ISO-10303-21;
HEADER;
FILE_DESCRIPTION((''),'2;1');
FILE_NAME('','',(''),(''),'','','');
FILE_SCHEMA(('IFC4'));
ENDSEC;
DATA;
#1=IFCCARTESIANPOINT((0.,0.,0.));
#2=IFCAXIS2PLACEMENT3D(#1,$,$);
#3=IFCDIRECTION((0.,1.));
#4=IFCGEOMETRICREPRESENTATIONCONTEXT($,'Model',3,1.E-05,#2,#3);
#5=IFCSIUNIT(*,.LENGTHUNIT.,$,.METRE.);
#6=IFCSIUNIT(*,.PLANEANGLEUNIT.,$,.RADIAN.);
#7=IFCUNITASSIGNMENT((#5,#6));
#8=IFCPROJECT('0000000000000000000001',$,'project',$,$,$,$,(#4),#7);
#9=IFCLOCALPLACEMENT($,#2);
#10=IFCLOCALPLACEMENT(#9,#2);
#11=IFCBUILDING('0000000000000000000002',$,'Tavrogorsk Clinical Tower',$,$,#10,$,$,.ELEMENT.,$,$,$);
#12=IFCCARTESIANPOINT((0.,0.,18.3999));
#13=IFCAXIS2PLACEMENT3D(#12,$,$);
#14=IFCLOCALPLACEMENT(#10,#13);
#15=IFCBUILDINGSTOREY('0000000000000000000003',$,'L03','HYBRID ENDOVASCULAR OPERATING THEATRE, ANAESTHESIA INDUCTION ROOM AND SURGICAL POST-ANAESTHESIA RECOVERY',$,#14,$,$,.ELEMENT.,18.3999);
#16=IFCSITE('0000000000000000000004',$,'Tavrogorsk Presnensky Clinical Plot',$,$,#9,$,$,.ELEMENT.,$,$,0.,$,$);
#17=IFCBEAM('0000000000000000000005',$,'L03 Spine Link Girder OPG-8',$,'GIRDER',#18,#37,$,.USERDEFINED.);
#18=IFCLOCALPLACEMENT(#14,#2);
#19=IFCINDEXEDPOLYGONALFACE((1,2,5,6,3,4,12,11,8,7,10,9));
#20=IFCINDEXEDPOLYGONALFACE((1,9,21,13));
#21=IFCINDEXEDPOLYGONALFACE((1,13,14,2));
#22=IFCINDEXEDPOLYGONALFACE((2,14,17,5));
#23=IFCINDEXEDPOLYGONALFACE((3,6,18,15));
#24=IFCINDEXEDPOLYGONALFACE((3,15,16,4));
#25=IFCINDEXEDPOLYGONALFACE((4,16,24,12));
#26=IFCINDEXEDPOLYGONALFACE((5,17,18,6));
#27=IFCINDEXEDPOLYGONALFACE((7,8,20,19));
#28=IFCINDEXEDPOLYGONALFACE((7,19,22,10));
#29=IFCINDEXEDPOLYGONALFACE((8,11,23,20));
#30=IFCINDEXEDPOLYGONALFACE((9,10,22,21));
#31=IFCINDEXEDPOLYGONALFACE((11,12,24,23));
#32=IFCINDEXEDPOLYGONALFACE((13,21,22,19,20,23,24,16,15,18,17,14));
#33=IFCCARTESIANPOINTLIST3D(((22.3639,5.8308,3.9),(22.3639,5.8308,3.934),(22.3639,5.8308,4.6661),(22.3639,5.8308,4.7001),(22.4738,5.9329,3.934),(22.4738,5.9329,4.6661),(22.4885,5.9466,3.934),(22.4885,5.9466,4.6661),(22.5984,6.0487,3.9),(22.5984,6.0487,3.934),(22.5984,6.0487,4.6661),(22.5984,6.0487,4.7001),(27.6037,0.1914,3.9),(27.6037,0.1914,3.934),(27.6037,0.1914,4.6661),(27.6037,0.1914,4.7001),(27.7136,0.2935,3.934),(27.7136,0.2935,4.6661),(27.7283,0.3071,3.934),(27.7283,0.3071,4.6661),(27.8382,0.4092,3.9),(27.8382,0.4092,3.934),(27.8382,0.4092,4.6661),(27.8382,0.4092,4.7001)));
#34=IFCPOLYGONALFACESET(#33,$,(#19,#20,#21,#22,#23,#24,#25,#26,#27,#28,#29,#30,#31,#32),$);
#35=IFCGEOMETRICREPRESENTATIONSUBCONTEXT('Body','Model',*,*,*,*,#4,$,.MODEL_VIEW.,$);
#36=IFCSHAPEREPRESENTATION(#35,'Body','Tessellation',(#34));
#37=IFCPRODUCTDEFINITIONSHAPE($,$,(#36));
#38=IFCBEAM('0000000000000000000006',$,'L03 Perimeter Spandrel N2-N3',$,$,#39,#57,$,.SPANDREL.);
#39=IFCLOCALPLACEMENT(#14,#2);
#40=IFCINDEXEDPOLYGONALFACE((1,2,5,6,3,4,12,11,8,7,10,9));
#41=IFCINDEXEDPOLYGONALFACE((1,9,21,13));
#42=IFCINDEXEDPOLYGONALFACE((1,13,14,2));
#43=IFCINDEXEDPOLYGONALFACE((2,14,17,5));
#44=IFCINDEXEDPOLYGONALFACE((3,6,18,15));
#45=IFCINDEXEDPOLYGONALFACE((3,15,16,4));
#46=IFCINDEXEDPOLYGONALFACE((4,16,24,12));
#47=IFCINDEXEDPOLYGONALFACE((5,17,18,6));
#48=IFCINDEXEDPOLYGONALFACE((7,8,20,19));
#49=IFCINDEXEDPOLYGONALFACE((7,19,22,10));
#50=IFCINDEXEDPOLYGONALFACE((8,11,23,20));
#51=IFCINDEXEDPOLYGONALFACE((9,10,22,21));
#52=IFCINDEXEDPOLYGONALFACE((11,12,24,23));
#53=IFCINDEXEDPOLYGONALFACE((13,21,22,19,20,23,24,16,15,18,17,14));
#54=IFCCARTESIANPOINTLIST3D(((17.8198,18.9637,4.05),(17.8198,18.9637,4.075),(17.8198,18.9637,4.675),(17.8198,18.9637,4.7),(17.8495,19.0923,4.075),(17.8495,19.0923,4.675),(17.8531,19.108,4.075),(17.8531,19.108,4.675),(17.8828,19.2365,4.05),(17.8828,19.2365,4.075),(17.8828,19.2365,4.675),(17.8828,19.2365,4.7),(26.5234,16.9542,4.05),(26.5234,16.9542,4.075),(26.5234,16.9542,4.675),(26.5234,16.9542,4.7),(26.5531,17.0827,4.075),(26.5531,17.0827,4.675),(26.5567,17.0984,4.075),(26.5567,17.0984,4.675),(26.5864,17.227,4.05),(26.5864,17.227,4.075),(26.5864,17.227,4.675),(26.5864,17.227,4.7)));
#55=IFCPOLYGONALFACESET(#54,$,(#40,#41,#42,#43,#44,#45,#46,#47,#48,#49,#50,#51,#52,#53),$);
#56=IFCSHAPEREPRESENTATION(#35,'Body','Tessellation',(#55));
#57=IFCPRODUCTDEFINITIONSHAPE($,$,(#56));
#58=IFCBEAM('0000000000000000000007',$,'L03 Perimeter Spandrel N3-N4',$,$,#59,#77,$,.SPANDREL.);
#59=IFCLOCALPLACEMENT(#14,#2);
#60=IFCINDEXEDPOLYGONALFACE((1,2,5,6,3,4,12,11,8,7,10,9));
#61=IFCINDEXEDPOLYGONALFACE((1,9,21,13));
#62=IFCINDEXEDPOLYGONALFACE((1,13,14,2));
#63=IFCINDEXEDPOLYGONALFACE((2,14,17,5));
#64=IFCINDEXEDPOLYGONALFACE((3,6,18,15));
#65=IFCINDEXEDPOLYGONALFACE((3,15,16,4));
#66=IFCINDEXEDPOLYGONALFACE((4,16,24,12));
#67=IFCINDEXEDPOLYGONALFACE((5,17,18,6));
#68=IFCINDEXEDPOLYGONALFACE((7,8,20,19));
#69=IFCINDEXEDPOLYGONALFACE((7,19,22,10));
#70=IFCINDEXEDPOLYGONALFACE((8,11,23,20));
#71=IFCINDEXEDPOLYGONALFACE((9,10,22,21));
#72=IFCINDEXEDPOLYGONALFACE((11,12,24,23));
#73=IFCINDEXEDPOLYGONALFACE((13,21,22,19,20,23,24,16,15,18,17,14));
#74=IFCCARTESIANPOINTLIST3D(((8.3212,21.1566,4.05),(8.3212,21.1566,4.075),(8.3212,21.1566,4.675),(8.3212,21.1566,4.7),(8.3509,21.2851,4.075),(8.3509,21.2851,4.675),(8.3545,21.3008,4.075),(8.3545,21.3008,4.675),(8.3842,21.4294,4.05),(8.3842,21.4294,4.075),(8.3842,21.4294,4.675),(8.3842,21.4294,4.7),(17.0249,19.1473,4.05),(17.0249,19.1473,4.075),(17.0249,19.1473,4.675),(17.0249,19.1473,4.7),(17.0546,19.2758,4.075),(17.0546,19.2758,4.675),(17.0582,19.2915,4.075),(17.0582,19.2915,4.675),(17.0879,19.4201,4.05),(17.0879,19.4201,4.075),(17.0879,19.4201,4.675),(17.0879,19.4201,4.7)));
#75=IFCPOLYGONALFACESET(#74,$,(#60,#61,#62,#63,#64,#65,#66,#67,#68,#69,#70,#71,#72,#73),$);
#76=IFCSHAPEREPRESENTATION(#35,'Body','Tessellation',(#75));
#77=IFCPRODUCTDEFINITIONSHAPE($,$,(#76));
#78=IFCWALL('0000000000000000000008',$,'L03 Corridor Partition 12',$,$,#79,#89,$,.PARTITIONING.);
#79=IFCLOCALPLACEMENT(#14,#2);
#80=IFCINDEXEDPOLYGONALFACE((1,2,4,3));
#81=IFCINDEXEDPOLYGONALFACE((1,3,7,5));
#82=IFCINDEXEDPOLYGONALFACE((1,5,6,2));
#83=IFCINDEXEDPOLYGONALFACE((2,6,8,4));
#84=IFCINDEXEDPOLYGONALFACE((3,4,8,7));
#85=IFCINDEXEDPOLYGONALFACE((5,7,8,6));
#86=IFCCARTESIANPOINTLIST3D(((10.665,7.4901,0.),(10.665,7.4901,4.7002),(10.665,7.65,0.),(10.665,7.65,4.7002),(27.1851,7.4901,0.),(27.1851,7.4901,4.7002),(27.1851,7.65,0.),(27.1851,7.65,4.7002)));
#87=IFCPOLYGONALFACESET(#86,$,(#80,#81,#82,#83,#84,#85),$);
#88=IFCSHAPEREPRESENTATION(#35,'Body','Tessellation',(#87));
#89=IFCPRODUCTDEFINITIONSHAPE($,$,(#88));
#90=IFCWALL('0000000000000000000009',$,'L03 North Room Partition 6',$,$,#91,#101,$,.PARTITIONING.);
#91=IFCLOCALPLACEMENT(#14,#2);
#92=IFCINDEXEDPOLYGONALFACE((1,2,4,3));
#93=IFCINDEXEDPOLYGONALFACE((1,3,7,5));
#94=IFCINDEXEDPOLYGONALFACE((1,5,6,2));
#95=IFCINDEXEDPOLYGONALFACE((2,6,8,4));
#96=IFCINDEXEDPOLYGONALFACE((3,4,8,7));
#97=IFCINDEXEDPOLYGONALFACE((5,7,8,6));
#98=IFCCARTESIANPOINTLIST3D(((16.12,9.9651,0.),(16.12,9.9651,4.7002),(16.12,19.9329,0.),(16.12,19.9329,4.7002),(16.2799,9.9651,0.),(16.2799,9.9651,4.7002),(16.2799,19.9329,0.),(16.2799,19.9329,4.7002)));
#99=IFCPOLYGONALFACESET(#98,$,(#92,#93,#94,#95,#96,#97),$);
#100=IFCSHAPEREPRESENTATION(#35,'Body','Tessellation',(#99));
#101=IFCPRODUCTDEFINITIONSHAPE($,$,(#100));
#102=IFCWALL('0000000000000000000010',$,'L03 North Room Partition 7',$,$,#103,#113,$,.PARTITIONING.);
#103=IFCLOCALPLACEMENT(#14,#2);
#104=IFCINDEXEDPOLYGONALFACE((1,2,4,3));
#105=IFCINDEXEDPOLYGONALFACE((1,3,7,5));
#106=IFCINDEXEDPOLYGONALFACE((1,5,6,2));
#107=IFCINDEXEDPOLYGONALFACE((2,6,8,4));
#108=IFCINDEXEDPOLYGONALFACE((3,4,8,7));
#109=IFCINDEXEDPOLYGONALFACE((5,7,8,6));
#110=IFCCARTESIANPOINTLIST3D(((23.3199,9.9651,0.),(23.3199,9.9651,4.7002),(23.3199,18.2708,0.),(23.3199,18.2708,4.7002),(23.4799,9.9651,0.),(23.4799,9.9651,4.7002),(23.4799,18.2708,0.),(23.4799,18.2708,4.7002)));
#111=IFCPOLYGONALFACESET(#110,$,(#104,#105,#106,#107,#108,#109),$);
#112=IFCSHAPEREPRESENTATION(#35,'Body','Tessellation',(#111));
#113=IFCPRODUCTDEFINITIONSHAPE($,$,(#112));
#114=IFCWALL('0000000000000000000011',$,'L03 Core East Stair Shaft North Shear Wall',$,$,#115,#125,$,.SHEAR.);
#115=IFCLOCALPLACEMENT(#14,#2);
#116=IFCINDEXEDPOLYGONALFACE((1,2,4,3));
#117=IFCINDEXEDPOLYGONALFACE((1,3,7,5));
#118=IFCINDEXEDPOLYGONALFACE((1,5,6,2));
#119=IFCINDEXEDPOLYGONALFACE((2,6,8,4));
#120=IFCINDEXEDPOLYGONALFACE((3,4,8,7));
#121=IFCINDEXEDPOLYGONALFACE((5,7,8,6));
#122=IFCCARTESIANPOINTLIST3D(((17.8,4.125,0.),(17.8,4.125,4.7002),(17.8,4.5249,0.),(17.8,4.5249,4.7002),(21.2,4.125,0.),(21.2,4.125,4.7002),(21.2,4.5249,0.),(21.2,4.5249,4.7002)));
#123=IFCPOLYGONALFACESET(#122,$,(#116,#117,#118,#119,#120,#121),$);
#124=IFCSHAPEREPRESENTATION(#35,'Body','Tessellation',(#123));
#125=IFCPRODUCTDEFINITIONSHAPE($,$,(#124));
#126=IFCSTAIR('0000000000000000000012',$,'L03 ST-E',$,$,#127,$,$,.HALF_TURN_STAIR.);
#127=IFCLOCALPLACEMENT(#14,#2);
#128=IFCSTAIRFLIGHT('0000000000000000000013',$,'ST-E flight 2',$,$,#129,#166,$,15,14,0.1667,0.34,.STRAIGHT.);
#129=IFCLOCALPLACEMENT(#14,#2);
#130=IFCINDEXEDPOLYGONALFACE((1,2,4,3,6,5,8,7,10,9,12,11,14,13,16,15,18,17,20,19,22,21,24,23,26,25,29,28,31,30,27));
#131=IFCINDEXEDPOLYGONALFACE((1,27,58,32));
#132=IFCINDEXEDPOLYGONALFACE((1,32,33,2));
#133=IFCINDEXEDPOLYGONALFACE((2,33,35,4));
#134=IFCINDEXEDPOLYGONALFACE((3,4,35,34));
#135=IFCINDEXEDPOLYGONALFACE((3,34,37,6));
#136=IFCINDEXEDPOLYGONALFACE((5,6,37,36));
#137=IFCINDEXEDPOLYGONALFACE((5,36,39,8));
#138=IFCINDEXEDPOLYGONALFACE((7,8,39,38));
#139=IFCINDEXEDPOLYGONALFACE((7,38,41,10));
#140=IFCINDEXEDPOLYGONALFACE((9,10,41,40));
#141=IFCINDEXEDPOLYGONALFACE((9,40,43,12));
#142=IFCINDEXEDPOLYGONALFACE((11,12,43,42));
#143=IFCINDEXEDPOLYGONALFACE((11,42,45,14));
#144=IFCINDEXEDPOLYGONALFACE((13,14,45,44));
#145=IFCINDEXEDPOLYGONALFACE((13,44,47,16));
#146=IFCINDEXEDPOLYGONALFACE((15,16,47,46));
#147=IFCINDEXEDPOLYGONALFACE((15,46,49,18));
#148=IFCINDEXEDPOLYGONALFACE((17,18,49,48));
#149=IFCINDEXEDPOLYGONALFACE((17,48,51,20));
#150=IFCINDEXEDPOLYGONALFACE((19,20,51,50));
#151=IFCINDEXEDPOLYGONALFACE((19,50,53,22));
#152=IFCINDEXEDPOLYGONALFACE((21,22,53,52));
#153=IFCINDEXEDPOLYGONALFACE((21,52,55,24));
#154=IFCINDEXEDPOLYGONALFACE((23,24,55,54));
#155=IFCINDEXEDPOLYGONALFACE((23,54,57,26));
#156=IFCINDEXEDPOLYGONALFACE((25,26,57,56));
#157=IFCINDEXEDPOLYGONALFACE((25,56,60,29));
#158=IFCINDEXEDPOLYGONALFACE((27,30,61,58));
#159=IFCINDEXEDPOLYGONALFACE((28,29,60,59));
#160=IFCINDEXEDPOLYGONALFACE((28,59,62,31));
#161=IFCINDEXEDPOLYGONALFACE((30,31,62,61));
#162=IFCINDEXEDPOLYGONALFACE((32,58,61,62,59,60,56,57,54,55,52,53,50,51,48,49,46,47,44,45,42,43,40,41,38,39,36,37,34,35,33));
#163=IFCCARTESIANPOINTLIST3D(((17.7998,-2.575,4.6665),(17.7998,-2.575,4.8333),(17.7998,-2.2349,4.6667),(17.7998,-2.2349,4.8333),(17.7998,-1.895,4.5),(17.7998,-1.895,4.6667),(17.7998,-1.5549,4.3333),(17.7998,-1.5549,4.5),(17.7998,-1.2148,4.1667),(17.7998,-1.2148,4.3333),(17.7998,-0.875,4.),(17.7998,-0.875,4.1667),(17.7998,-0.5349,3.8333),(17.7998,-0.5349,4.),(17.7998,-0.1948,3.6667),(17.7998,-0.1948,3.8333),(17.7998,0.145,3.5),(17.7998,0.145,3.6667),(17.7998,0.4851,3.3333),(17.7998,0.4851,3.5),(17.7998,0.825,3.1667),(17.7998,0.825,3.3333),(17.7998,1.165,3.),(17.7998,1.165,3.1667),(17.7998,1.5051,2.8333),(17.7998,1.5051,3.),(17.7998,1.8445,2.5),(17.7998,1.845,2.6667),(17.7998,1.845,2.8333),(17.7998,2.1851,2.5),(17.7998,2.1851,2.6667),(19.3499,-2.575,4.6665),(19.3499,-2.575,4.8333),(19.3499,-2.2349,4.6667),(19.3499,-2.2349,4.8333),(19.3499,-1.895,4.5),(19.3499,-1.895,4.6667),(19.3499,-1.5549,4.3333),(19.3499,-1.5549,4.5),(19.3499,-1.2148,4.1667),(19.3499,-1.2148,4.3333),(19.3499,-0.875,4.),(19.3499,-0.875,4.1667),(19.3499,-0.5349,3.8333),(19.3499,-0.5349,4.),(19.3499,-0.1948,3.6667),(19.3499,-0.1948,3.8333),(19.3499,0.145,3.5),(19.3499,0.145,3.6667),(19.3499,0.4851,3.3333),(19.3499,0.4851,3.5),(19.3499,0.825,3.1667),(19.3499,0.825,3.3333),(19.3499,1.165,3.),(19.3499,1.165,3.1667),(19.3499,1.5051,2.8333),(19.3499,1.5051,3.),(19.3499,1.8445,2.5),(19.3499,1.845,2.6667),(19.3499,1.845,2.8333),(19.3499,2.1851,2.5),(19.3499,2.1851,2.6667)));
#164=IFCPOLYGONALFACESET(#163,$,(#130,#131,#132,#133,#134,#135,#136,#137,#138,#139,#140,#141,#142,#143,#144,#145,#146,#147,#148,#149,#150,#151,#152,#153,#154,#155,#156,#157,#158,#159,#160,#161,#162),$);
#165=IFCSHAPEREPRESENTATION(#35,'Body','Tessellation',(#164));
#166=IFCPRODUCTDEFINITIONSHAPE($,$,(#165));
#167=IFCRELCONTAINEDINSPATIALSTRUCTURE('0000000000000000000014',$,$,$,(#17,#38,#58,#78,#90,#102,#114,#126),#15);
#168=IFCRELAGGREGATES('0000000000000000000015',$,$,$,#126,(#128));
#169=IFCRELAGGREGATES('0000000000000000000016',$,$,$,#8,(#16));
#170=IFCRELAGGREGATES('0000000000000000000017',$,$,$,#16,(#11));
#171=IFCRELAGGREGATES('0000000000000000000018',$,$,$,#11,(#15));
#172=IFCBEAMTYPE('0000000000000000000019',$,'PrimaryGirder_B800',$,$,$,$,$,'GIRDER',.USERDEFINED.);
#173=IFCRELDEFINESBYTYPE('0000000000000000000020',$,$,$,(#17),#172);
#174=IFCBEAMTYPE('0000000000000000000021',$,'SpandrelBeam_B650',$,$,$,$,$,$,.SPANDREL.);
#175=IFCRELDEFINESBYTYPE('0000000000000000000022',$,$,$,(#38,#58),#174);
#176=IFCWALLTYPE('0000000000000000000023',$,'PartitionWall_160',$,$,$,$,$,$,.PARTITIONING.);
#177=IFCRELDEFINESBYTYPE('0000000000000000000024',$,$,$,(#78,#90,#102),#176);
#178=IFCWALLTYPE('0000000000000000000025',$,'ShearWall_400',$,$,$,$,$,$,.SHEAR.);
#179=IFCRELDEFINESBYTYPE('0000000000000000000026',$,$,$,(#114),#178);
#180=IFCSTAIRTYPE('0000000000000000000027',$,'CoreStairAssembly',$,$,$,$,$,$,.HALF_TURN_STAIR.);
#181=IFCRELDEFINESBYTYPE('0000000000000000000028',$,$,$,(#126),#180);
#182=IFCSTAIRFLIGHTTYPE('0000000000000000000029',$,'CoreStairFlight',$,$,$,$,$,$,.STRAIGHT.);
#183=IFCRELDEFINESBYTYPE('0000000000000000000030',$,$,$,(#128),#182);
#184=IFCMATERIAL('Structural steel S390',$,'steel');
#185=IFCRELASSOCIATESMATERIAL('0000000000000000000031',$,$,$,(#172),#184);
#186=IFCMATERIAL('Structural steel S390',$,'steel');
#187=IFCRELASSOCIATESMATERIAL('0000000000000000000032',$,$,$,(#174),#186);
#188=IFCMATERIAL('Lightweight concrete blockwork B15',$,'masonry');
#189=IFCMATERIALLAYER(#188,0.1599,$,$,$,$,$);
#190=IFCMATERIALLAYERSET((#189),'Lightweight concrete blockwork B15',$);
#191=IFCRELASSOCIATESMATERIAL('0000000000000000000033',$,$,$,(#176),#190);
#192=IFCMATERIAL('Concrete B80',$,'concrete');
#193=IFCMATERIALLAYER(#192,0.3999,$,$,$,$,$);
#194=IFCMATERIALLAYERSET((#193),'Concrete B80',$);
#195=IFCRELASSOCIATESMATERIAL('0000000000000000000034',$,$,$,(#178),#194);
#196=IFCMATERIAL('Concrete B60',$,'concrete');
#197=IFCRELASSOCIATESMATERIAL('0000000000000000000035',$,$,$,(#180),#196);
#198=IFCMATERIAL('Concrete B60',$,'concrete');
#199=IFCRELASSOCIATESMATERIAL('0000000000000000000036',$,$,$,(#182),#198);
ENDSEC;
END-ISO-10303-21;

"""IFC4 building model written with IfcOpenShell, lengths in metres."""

from ifc_helpers import new_model, si_unit, direction, frame, frame_2d, origin, origin_2d, place, context, subcontext, project, spatial, polyline, rectangle, i_section, outline, extrude, material, layer, layer_set, material_profile, profile_set, type_object, element, aggregate, save


model = new_model("IFC4")

# Units and contexts
model_context = context("Model", 3, precision=1e-05, world=origin(), true_north=direction((0.0, 1.0)))
body_context = subcontext(model_context, "Body", "Model", "MODEL_VIEW")
ifc_project = project(units=[si_unit("LENGTHUNIT", "METRE"), si_unit("PLANEANGLEUNIT", "RADIAN")], contexts=[model_context])

# Site, building, storey
site_placement = place(None, origin())
site = spatial("IfcSite", under=ifc_project, at=site_placement, Name="Tavrogorsk Presnensky Clinical Plot", CompositionType="ELEMENT", RefElevation=0.0)
building_placement = place(site_placement, origin())
building = spatial("IfcBuilding", under=site, at=building_placement, Name="Tavrogorsk Clinical Tower", CompositionType="ELEMENT")
storey_placement = place(building_placement, frame((0.0, 0.0, 18.3999)))
storey = spatial("IfcBuildingStorey", under=building, at=storey_placement, Name="L03", Description="HYBRID ENDOVASCULAR OPERATING THEATRE, ANAESTHESIA INDUCTION ROOM AND SURGICAL POST-ANAESTHESIA RECOVERY", CompositionType="ELEMENT", Elevation=18.3999)

# Beams
ifc_material_1 = material(Name="Structural steel S390", Category="steel")
ifc_material_profile_1 = material_profile(ifc_material_1, i_section(OverallWidth=0.3201, OverallDepth=0.8, WebThickness=0.02, FlangeThickness=0.0339, at=origin_2d()), Name="B-800x320x20x34")
ifc_profile_set_1 = profile_set([ifc_material_profile_1], Name="Structural steel S390")
beam_type_1 = type_object("IfcBeamType", Name="PrimaryGirder_B800", ElementType="GIRDER", PredefinedType="USERDEFINED", material=ifc_profile_set_1)
for number, where, z_axis, x_axis, name in (
    (1, (27.7209, 0.3003, 4.3), (-0.680671, 0.732589, 0.0), (-0.732589, -0.680671, 0.0), "L03 Spine Link Girder OPG-8"),
):
    element("IfcBeam", number, at=place(storey_placement, frame(where, z_axis=z_axis, x_axis=x_axis)), inside=storey, type_object=beam_type_1, Name=name, ObjectType="GIRDER", PredefinedType="USERDEFINED", context=body_context, shape_type="SweptSolid", body=[
        extrude(i_section(OverallWidth=0.3201, OverallDepth=0.8, WebThickness=0.02, FlangeThickness=0.0339, at=origin_2d()), origin(), (0.0, 0.0, 1.0), 7.698),
    ])
ifc_material_2 = material(Name="Structural steel S390", Category="steel")
ifc_material_profile_2 = material_profile(ifc_material_2, i_section(OverallWidth=0.28, OverallDepth=0.6499, WebThickness=0.0161, FlangeThickness=0.0249, at=origin_2d()), Name="B-650x280x16x25")
ifc_profile_set_2 = profile_set([ifc_material_profile_2], Name="Structural steel S390")
beam_type_2 = type_object("IfcBeamType", Name="SpandrelBeam_B650", PredefinedType="SPANDREL", material=ifc_profile_set_2)
for number, where, z_axis, x_axis, name in (
    (2, (26.5549, 17.0906, 4.375), (-0.974367, 0.224965, 0.0), (-0.224965, -0.974367, 0.0), "L03 Perimeter Spandrel N2-N3"),
    (3, (17.0564, 19.2837, 4.375), (-0.974373, 0.224939, 0.0), (-0.224939, -0.974373, 0.0), "L03 Perimeter Spandrel N3-N4"),
):
    element("IfcBeam", number, at=place(storey_placement, frame(where, z_axis=z_axis, x_axis=x_axis)), inside=storey, type_object=beam_type_2, Name=name, PredefinedType="SPANDREL", context=body_context, shape_type="SweptSolid", body=[
        extrude(i_section(OverallWidth=0.28, OverallDepth=0.6499, WebThickness=0.0161, FlangeThickness=0.0249, at=origin_2d()), origin(), (0.0, 0.0, 1.0), 8.9326),
    ])

# Walls
ifc_material_3 = material(Name="Lightweight concrete blockwork B15", Category="masonry")
ifc_layer_1 = layer(ifc_material_3, 0.1599)
ifc_layer_set_1 = layer_set([ifc_layer_1], Name="Lightweight concrete blockwork B15")
wall_type_1 = type_object("IfcWallType", Name="PartitionWall_160", PredefinedType="PARTITIONING", material=ifc_layer_set_1)
wall_1_placement = place(storey_placement, frame((27.1851, 7.5701, 0.0), z_axis=(0.0, 0.0, 1.0), x_axis=(-1.0, 0.0, 0.0)))
element("IfcWall", 4, at=wall_1_placement, inside=storey, type_object=wall_type_1, Name="L03 Corridor Partition 12", PredefinedType="PARTITIONING", context=body_context, shape_type="SweptSolid", body=[
    extrude(rectangle(XDim=16.52, YDim=0.1599, at=frame_2d((8.26, 0.0))), origin(), (0.0, 0.0, 1.0), 4.7002),
])
wall_2_placement = place(storey_placement, frame((16.2, 9.9651, 0.0), z_axis=(0.0, 0.0, 1.0), x_axis=(0.0, 1.0, 0.0)))
element("IfcWall", 5, at=wall_2_placement, inside=storey, type_object=wall_type_1, Name="L03 North Room Partition 6", PredefinedType="PARTITIONING", context=body_context, shape_type="SweptSolid", body=[
    extrude(rectangle(XDim=9.9678, YDim=0.1599, at=frame_2d((4.9839, 0.0))), origin(), (0.0, 0.0, 1.0), 4.7002),
])
wall_3_placement = place(storey_placement, frame((23.3999, 9.9651, 0.0), z_axis=(0.0, 0.0, 1.0), x_axis=(0.0, 1.0, 0.0)))
element("IfcWall", 6, at=wall_3_placement, inside=storey, type_object=wall_type_1, Name="L03 North Room Partition 7", PredefinedType="PARTITIONING", context=body_context, shape_type="SweptSolid", body=[
    extrude(rectangle(XDim=8.3057, YDim=0.1599, at=frame_2d((4.1528, 0.0))), origin(), (0.0, 0.0, 1.0), 4.7002),
])
ifc_material_4 = material(Name="Concrete B80", Category="concrete")
ifc_layer_2 = layer(ifc_material_4, 0.3999)
ifc_layer_set_2 = layer_set([ifc_layer_2], Name="Concrete B80")
wall_type_2 = type_object("IfcWallType", Name="ShearWall_400", PredefinedType="SHEAR", material=ifc_layer_set_2)
wall_4_placement = place(storey_placement, frame((17.8, 4.325, 0.0), z_axis=(0.0, 0.0, 1.0), x_axis=(1.0, 0.0, 0.0)))
element("IfcWall", 7, at=wall_4_placement, inside=storey, type_object=wall_type_2, Name="L03 Core East Stair Shaft North Shear Wall", PredefinedType="SHEAR", context=body_context, shape_type="SweptSolid", body=[
    extrude(rectangle(XDim=3.3999, YDim=0.3999, at=frame_2d((1.7, 0.0))), origin(), (0.0, 0.0, 1.0), 4.7002),
])

# Stair, stair flight
ifc_material_5 = material(Name="Concrete B60", Category="concrete")
stair_type = type_object("IfcStairType", Name="CoreStairAssembly", PredefinedType="HALF_TURN_STAIR", material=ifc_material_5)
stair_placement = place(storey_placement, origin())
stair = element("IfcStair", 8, at=stair_placement, inside=storey, type_object=stair_type, Name="L03 ST-E", PredefinedType="HALF_TURN_STAIR")
ifc_material_6 = material(Name="Concrete B60", Category="concrete")
stair_flight_type = type_object("IfcStairFlightType", Name="CoreStairFlight", PredefinedType="STRAIGHT", material=ifc_material_6)
stair_flight_placement = place(storey_placement, frame((18.575, 2.1851, 2.5), z_axis=(0.0, 0.0, 1.0), x_axis=(0.0, -1.0, 0.0)))
stair_flight = element("IfcStairFlight", 9, at=stair_flight_placement, type_object=stair_flight_type, Name="ST-E flight 2", NumberOfRisers=15, NumberOfTreads=14, PredefinedType="STRAIGHT", RiserHeight=0.1667, TreadLength=0.34, context=body_context, shape_type="SweptSolid", body=[
    extrude(outline(polyline([(0.0, 0.0), (0.0, 0.1667), (0.3401, 0.1667), (0.3401, 0.3333), (0.6799, 0.3333), (0.6799, 0.5), (1.02, 0.5), (1.02, 0.6667), (1.3601, 0.6667), (1.3601, 0.8333), (1.7, 0.8333), (1.7, 1.0), (2.04, 1.0), (2.04, 1.1667), (2.3799, 1.1667), (2.3799, 1.3333), (2.72, 1.3333), (2.72, 1.5), (3.0601, 1.5), (3.0601, 1.6667), (3.3999, 1.6667), (3.3999, 1.8333), (3.74, 1.8333), (3.74, 2.0), (4.0801, 2.0), (4.0801, 2.1667), (4.4199, 2.1667), (4.4199, 2.3333), (4.76, 2.3333), (4.76, 2.5), (4.76, 2.1665), (0.3406, 0.0), (0.0, 0.0)])), frame((0.0, 0.7749, 0.0), z_axis=(0.0, -1.0, 0.0), x_axis=(1.0, 0.0, 0.0)), (0.0, 0.0, 1.0), 1.55),
])
aggregate(stair, [stair_flight])

save(model, "model.ifc")
